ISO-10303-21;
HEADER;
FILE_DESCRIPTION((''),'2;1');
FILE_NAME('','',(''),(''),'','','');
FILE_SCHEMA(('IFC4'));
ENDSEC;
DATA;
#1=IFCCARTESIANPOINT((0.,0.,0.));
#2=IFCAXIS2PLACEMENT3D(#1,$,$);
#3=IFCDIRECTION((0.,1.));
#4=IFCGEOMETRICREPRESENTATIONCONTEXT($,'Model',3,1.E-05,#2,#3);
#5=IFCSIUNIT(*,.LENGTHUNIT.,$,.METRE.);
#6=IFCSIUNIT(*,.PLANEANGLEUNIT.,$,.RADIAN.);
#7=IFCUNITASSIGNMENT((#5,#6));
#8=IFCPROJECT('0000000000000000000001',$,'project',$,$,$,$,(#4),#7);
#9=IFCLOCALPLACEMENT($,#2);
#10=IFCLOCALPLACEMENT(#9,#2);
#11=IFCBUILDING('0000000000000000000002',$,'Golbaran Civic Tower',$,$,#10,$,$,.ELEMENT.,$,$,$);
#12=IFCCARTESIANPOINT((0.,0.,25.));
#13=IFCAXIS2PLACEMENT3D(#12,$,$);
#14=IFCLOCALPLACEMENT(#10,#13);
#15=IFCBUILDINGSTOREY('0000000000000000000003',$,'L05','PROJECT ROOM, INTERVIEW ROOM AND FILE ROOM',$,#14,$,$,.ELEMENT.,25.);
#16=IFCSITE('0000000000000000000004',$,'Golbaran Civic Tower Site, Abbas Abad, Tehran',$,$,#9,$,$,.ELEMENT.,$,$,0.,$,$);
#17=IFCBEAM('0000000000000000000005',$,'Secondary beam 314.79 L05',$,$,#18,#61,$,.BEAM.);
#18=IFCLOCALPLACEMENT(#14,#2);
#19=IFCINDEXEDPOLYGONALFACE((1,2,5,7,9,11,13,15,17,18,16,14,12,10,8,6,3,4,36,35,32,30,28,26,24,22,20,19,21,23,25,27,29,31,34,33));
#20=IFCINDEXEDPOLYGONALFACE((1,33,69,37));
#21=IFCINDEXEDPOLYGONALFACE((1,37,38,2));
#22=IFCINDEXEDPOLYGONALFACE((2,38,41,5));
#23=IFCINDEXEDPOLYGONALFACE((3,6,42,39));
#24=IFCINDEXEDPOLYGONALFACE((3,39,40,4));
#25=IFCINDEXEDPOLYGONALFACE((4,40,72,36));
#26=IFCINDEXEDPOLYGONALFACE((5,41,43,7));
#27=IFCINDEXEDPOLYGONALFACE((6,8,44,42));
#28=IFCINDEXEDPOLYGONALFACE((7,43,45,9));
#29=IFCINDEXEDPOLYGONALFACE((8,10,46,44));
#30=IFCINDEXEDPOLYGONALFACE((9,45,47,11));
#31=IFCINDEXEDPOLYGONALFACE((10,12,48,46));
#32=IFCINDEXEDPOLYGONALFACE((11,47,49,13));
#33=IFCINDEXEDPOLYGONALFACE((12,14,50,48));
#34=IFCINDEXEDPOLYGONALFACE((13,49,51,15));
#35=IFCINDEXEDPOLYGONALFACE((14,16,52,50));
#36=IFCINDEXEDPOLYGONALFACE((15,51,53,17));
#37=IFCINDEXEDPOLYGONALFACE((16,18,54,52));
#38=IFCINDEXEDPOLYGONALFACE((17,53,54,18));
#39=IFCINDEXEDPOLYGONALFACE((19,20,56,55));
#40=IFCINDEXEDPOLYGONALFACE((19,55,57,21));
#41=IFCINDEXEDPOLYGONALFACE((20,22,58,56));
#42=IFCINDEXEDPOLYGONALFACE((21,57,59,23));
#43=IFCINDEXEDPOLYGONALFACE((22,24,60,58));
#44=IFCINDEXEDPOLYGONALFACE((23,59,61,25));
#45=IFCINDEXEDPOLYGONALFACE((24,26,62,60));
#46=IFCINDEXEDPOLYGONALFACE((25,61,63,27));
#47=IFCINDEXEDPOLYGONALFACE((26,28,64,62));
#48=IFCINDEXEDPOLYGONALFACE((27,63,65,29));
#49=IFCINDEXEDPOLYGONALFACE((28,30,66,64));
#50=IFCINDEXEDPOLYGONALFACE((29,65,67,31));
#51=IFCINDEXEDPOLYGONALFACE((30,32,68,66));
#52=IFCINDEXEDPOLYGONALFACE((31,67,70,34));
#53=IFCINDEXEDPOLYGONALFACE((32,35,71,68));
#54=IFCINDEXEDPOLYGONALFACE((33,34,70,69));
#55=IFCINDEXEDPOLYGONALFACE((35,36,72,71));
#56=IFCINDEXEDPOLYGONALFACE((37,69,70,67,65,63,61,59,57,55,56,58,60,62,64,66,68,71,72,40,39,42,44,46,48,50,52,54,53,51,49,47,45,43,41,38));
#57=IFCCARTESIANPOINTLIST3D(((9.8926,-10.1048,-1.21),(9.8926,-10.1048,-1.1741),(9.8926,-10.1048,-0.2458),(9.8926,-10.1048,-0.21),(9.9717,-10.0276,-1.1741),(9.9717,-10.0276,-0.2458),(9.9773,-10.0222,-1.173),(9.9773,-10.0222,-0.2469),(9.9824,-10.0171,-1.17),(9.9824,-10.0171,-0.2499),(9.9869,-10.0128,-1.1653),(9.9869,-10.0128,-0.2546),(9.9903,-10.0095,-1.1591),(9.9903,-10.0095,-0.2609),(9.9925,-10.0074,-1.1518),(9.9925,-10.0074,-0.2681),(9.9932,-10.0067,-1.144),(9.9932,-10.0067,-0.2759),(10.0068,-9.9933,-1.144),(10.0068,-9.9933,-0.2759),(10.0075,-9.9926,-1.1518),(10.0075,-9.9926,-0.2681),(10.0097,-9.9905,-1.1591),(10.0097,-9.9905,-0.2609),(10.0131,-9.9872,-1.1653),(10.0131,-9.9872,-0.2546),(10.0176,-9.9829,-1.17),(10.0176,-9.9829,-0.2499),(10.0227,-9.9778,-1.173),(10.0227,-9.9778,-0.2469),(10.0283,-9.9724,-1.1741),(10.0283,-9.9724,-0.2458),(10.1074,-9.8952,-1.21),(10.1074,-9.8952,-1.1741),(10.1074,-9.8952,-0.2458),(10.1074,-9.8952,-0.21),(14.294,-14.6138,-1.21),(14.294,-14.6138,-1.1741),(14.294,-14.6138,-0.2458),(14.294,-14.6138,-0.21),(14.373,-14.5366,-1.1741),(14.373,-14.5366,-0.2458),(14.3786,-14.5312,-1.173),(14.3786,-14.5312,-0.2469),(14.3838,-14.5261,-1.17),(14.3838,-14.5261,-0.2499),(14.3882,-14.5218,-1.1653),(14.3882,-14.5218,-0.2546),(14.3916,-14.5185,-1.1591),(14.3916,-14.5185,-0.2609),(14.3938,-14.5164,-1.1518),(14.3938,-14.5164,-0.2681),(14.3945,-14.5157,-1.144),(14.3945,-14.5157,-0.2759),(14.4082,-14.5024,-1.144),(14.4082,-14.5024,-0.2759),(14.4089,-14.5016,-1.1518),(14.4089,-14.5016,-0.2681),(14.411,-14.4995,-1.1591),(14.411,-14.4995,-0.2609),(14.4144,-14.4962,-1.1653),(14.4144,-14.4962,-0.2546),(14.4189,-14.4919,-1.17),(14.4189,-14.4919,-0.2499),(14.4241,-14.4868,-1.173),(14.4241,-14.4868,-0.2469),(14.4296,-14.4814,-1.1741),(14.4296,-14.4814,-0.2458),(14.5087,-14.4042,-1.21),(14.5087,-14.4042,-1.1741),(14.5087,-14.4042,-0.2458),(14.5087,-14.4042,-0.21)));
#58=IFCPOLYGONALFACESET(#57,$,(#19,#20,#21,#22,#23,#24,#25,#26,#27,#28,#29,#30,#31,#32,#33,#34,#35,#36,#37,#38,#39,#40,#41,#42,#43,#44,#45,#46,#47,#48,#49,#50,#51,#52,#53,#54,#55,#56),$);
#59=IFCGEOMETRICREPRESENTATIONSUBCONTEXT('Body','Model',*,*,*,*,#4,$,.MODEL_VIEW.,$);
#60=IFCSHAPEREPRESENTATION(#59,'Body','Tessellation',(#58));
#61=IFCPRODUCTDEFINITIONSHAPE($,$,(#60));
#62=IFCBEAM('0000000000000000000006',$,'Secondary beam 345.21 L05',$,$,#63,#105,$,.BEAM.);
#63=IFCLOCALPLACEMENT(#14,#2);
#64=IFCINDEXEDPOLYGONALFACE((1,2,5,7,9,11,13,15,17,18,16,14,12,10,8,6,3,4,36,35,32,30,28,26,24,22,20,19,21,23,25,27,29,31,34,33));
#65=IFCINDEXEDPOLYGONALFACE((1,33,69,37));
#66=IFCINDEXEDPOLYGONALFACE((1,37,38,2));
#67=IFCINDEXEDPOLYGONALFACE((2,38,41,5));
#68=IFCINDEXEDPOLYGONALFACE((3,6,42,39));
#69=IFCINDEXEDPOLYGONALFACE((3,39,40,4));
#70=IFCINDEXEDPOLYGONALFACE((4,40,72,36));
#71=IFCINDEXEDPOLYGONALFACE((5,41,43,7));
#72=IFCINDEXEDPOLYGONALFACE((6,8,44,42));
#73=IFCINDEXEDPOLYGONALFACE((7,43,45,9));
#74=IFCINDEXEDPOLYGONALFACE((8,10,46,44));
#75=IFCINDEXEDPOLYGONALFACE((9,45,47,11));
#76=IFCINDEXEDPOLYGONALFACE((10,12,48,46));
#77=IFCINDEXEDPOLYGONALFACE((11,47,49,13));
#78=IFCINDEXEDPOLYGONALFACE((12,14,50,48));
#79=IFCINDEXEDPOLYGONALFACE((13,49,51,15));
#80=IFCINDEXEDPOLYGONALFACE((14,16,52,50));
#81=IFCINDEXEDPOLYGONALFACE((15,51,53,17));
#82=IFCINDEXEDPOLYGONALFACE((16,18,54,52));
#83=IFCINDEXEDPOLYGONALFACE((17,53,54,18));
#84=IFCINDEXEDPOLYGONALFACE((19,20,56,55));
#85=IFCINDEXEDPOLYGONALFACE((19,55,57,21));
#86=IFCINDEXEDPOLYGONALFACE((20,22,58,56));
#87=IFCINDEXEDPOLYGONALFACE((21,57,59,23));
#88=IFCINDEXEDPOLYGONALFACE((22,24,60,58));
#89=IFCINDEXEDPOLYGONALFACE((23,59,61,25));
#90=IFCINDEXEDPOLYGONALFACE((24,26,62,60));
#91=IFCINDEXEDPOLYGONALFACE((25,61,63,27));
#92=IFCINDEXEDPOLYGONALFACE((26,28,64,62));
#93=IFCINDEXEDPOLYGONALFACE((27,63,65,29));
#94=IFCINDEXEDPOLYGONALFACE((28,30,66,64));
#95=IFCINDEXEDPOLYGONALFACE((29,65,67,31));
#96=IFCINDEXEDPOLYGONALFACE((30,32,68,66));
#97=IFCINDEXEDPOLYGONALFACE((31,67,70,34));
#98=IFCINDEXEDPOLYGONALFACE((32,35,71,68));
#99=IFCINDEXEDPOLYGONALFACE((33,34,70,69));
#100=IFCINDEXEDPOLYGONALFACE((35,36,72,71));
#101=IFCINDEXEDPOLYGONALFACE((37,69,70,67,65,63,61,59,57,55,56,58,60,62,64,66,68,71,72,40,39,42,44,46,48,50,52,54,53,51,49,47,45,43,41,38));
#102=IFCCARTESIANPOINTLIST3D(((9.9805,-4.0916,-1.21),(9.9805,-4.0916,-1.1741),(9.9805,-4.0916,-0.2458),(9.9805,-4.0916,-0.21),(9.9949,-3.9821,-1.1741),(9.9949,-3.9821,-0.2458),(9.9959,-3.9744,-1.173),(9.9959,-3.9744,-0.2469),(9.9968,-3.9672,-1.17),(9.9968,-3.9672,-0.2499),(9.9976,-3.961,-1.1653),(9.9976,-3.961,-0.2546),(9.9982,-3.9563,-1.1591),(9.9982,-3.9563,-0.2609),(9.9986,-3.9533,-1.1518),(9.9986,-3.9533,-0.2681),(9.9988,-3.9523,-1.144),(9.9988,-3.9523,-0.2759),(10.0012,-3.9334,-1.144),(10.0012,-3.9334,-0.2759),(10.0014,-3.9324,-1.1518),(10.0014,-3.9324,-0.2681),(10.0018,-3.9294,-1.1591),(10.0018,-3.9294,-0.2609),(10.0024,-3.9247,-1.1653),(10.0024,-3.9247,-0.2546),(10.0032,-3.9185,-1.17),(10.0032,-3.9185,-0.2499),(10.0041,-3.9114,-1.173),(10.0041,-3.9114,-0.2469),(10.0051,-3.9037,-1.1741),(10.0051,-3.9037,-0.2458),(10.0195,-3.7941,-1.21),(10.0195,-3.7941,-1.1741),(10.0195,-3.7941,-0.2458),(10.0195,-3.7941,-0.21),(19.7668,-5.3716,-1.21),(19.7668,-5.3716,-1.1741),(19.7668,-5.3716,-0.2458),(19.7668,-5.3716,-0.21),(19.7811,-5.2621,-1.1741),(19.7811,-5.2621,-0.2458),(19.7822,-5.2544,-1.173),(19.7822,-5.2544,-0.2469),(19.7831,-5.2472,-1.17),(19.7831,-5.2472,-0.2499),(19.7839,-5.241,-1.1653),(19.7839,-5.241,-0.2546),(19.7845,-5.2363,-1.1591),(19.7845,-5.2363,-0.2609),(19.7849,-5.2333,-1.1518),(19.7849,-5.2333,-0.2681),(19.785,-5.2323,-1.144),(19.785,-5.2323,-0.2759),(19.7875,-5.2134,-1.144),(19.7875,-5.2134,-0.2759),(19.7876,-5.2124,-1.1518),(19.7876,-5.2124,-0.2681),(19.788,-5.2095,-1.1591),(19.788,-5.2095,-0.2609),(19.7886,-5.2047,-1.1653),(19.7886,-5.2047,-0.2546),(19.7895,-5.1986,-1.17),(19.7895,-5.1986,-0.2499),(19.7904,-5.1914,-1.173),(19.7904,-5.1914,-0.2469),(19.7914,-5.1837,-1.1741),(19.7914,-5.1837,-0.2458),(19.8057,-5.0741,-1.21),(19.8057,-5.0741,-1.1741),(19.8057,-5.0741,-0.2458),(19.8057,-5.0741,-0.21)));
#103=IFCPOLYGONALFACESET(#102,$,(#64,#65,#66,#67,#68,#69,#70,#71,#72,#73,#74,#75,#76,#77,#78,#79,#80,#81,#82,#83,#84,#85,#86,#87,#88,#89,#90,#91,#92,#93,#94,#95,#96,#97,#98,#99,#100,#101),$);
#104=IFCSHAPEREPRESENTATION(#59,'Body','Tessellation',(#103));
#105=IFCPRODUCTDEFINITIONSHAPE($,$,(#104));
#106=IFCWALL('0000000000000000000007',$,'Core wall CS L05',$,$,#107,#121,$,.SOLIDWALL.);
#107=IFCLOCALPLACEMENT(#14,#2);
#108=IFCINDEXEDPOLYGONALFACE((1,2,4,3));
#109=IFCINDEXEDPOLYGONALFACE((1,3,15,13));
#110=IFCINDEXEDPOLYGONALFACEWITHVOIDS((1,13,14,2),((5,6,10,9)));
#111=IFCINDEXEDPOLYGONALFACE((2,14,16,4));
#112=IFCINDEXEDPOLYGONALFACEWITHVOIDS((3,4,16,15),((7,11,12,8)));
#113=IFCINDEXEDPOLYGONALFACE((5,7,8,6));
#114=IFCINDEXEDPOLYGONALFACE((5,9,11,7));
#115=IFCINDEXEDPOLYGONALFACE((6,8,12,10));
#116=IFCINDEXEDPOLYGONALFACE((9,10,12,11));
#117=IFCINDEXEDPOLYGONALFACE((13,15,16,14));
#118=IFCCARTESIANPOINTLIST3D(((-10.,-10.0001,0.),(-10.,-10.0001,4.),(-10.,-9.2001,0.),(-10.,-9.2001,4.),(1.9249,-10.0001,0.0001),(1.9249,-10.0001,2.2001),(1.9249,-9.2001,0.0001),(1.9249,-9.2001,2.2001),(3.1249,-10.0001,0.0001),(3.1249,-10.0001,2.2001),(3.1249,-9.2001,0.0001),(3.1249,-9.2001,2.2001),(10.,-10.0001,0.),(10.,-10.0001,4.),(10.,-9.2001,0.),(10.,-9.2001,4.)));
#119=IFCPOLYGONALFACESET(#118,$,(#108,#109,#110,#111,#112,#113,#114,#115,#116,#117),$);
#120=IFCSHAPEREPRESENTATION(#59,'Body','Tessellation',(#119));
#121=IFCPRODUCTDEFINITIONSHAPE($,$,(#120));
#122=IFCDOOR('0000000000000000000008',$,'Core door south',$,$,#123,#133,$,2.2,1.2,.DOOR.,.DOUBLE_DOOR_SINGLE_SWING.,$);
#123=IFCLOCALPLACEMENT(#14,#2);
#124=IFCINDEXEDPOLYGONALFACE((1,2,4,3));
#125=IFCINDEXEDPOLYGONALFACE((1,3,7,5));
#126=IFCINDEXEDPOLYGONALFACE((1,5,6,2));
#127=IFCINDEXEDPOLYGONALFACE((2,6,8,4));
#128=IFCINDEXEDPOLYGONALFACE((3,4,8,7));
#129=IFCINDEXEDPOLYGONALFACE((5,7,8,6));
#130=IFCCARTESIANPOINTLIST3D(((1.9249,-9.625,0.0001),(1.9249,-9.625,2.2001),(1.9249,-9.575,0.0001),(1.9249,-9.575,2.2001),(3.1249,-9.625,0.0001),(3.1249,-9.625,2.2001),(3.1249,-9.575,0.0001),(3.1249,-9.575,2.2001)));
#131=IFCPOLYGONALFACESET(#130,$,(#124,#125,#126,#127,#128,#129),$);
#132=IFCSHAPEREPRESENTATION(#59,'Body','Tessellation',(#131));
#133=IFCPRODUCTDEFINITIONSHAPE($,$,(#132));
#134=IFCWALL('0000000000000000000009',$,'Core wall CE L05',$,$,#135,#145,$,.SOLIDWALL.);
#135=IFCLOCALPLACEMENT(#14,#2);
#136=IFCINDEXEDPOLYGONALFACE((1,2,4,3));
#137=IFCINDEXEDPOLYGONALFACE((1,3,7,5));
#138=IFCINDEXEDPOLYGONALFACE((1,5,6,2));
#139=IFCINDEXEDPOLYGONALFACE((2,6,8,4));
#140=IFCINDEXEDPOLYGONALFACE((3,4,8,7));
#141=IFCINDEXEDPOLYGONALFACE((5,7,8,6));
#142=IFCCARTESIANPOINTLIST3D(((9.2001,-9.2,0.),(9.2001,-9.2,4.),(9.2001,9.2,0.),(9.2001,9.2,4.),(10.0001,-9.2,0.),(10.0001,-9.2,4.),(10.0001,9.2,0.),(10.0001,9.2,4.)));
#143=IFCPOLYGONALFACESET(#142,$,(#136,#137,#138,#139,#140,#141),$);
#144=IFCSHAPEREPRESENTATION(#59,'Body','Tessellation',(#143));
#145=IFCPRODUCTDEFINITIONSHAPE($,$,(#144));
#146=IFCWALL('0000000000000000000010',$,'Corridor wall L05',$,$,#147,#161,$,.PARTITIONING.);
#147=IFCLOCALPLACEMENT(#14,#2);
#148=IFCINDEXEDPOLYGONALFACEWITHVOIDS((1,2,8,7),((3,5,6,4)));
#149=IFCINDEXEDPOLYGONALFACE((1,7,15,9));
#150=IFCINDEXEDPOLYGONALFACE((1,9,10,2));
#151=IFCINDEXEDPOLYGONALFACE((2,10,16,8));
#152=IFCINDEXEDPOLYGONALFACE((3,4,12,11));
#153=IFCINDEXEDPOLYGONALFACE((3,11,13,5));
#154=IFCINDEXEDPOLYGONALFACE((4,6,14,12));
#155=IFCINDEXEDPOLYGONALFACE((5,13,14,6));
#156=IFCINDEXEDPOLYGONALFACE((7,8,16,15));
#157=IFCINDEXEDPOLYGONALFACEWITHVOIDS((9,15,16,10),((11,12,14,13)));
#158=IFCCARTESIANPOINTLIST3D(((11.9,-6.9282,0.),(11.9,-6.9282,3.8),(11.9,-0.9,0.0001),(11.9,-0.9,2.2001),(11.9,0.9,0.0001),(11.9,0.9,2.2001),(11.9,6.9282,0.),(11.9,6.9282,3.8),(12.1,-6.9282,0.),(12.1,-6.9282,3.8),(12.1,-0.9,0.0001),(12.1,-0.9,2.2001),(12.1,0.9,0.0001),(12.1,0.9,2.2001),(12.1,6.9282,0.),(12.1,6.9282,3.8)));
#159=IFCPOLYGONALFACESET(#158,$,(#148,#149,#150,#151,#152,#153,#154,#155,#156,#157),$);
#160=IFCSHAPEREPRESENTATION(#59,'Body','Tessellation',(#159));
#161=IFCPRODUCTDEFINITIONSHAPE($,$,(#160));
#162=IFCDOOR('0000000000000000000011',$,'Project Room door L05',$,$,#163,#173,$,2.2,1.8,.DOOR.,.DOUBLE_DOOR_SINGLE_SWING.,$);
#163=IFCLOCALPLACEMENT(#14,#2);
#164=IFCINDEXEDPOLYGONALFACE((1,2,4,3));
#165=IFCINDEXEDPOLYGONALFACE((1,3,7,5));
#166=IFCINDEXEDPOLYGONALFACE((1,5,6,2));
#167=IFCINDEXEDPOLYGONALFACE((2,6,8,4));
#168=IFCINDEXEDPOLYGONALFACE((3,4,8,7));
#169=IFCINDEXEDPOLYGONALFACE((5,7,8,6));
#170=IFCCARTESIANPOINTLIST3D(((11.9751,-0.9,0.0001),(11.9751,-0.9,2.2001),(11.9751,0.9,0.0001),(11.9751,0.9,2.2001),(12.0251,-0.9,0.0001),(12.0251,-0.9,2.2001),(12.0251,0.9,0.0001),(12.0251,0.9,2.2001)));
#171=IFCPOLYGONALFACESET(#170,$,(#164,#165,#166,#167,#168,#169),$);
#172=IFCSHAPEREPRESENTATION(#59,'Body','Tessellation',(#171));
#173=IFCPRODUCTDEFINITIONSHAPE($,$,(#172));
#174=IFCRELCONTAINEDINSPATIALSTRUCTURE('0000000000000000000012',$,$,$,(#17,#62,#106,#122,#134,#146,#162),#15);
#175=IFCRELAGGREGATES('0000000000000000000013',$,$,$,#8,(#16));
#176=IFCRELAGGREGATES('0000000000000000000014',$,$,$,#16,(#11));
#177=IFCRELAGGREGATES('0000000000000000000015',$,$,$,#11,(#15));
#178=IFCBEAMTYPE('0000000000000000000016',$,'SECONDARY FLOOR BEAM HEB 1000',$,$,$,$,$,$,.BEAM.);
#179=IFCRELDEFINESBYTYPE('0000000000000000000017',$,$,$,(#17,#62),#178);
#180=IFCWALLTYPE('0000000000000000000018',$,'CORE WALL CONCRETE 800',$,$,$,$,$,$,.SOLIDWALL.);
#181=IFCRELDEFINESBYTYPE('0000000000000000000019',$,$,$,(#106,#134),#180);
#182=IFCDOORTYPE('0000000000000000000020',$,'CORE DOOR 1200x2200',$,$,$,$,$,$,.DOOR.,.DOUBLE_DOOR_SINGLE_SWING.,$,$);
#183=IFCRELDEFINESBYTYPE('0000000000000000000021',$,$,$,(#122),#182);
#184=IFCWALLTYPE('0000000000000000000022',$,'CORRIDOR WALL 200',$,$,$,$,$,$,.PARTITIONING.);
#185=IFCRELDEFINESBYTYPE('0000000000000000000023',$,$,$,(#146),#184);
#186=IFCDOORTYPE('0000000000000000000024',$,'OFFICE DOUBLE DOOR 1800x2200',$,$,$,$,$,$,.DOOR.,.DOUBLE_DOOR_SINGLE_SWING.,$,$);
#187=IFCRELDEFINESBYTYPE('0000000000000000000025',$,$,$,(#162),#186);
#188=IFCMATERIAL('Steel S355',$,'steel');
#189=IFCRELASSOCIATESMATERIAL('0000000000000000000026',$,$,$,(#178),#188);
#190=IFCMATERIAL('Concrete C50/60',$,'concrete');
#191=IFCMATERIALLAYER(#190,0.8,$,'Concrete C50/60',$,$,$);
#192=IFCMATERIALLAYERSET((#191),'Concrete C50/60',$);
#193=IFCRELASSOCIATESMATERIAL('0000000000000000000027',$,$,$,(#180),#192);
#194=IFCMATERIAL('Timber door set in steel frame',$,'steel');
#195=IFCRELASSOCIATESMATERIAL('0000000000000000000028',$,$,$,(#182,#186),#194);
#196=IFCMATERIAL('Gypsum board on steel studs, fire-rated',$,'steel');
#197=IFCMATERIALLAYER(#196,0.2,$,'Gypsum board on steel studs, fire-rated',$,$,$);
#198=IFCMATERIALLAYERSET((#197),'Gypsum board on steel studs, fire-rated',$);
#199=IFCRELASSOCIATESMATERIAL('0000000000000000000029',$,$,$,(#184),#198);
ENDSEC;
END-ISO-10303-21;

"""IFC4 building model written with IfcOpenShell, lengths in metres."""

from ifc_helpers import new_model, si_unit, direction, frame, frame_2d, origin, origin_2d, place, context, subcontext, project, spatial, rectangle, i_section, extrude, material, layer, layer_set, material_profile, profile_set, type_object, element, fill, save


model = new_model("IFC4")

# Units and contexts
model_context = context("Model", 3, precision=1e-05, world=origin(), true_north=direction((0.0, 1.0)))
body_context = subcontext(model_context, "Body", "Model", "MODEL_VIEW")
ifc_project = project(units=[si_unit("LENGTHUNIT", "METRE"), si_unit("PLANEANGLEUNIT", "RADIAN")], contexts=[model_context])

# Site, building, storey
site_placement = place(None, origin())
site = spatial("IfcSite", under=ifc_project, at=site_placement, Name="Golbaran Civic Tower Site, Abbas Abad, Tehran", CompositionType="ELEMENT", RefElevation=0.0)
building_placement = place(site_placement, origin())
building = spatial("IfcBuilding", under=site, at=building_placement, Name="Golbaran Civic Tower", CompositionType="ELEMENT")
storey_placement = place(building_placement, frame((0.0, 0.0, 25.0)))
storey = spatial("IfcBuildingStorey", under=building, at=storey_placement, Name="L05", Description="PROJECT ROOM, INTERVIEW ROOM AND FILE ROOM", CompositionType="ELEMENT", Elevation=25.0)

# Beams
ifc_material_1 = material(Name="Steel S355", Category="steel")
ifc_material_profile_1 = material_profile(ifc_material_1, i_section(OverallWidth=0.3, OverallDepth=1.0, WebThickness=0.019, FlangeThickness=0.0359, FilletRadius=0.03, at=origin_2d()), Name="HEB 1000")
ifc_profile_set_1 = profile_set([ifc_material_profile_1], Name="Steel S355")
beam_type_1 = type_object("IfcBeamType", Name="SECONDARY FLOOR BEAM HEB 1000", PredefinedType="BEAM", material=ifc_profile_set_1)
beam_1_placement = place(storey_placement, frame((10.0, -10.0, -0.71), z_axis=(0.698512, -0.715599, 0.0), x_axis=(0.715599, 0.698512, 0.0)))
element("IfcBeam", 1, at=beam_1_placement, inside=storey, type_object=beam_type_1, Name="Secondary beam 314.79 L05", PredefinedType="BEAM", context=body_context, shape_type="SweptSolid", body=[
    extrude(i_section(OverallWidth=0.3, OverallDepth=1.0, WebThickness=0.019, FlangeThickness=0.0359, FilletRadius=0.03, at=origin_2d()), origin(), (0.0, 0.0, 1.0), 6.301),
])
beam_2_placement = place(storey_placement, frame((10.0, -3.9429, -0.71), z_axis=(0.991554, -0.129692, 0.0), x_axis=(0.129692, 0.991554, 0.0)))
element("IfcBeam", 2, at=beam_2_placement, inside=storey, type_object=beam_type_1, Name="Secondary beam 345.21 L05", PredefinedType="BEAM", context=body_context, shape_type="SweptSolid", body=[
    extrude(i_section(OverallWidth=0.3, OverallDepth=1.0, WebThickness=0.019, FlangeThickness=0.0359, FilletRadius=0.03, at=origin_2d()), origin(), (0.0, 0.0, 1.0), 9.8696),
])

# Wall, opening, door
ifc_material_2 = material(Name="Concrete C50/60", Category="concrete")
ifc_layer_1 = layer(ifc_material_2, 0.8, Name="Concrete C50/60")
ifc_layer_set_1 = layer_set([ifc_layer_1], Name="Concrete C50/60")
wall_type_1 = type_object("IfcWallType", Name="CORE WALL CONCRETE 800", PredefinedType="SOLIDWALL", material=ifc_layer_set_1)
wall_1_placement = place(storey_placement, frame((10.0, -9.6001, 0.0), z_axis=(0.0, 0.0, 1.0), x_axis=(-1.0, 0.0, 0.0)))
wall_1 = element("IfcWall", 3, at=wall_1_placement, inside=storey, type_object=wall_type_1, Name="Core wall CS L05", PredefinedType="SOLIDWALL", context=body_context, shape_type="SweptSolid", body=[
    extrude(rectangle(XDim=20.0, YDim=0.8, at=frame_2d((10.0, 0.0))), origin(), (0.0, 0.0, 1.0), 4.0),
])
opening_1_placement = place(wall_1_placement, frame((6.875, 0.0, 0.0)))
opening_1 = element("IfcOpeningElement", 4, at=opening_1_placement, cuts=wall_1, PredefinedType="OPENING", context=body_context, shape_type="SweptSolid", body=[
    extrude(rectangle(XDim=1.2, YDim=2.2, at=frame_2d((0.6001, 1.1001))), frame((0.0, 0.4099, 0.0), z_axis=(0.0, -1.0, 0.0), x_axis=(1.0, 0.0, 0.0)), (0.0, 0.0, 1.0), 0.8201),
])
ifc_material_3 = material(Name="Timber door set in steel frame", Category="steel")
door_type_1 = type_object("IfcDoorType", Name="CORE DOOR 1200x2200", OperationType="DOUBLE_DOOR_SINGLE_SWING", PredefinedType="DOOR", material=ifc_material_3)
door_1_placement = place(opening_1_placement, origin())
door_1 = element("IfcDoor", 5, at=door_1_placement, inside=storey, type_object=door_type_1, Name="Core door south", OperationType="DOUBLE_DOOR_SINGLE_SWING", OverallHeight=2.2, OverallWidth=1.2, PredefinedType="DOOR", context=body_context, shape_type="SweptSolid", body=[
    extrude(rectangle(XDim=1.2, YDim=2.2, at=frame_2d((0.6001, 1.1001))), frame((0.0, 0.0249, 0.0), z_axis=(0.0, -1.0, 0.0), x_axis=(1.0, 0.0, 0.0)), (0.0, 0.0, 1.0), 0.05),
])
fill(opening_1, door_1)

# Wall
wall_2_placement = place(storey_placement, frame((9.6001, -9.2, 0.0), z_axis=(0.0, 0.0, 1.0), x_axis=(0.0, 1.0, 0.0)))
element("IfcWall", 6, at=wall_2_placement, inside=storey, type_object=wall_type_1, Name="Core wall CE L05", PredefinedType="SOLIDWALL", context=body_context, shape_type="SweptSolid", body=[
    extrude(rectangle(XDim=18.3999, YDim=0.8, at=frame_2d((9.2, 0.0))), origin(), (0.0, 0.0, 1.0), 4.0),
])

# Wall, opening, door
ifc_material_4 = material(Name="Gypsum board on steel studs, fire-rated", Category="steel")
ifc_layer_2 = layer(ifc_material_4, 0.2, Name="Gypsum board on steel studs, fire-rated")
ifc_layer_set_2 = layer_set([ifc_layer_2], Name="Gypsum board on steel studs, fire-rated")
wall_type_2 = type_object("IfcWallType", Name="CORRIDOR WALL 200", PredefinedType="PARTITIONING", material=ifc_layer_set_2)
wall_3_placement = place(storey_placement, frame((12.0, -6.9282, 0.0), z_axis=(0.0, 0.0, 1.0), x_axis=(0.0, 1.0, 0.0)))
wall_3 = element("IfcWall", 7, at=wall_3_placement, inside=storey, type_object=wall_type_2, Name="Corridor wall L05", PredefinedType="PARTITIONING", context=body_context, shape_type="SweptSolid", body=[
    extrude(rectangle(XDim=13.8564, YDim=0.2, at=frame_2d((6.9282, 0.0))), origin(), (0.0, 0.0, 1.0), 3.8),
])
opening_2_placement = place(wall_3_placement, frame((6.0283, 0.0, 0.0)))
opening_2 = element("IfcOpeningElement", 8, at=opening_2_placement, cuts=wall_3, PredefinedType="OPENING", context=body_context, shape_type="SweptSolid", body=[
    extrude(rectangle(XDim=1.8, YDim=2.2, at=frame_2d((0.8999, 1.1001))), frame((0.0, 0.1099, 0.0), z_axis=(0.0, -1.0, 0.0), x_axis=(1.0, 0.0, 0.0)), (0.0, 0.0, 1.0), 0.22),
])
door_type_2 = type_object("IfcDoorType", Name="OFFICE DOUBLE DOOR 1800x2200", OperationType="DOUBLE_DOOR_SINGLE_SWING", PredefinedType="DOOR", material=ifc_material_3)
door_2_placement = place(opening_2_placement, origin())
door_2 = element("IfcDoor", 9, at=door_2_placement, inside=storey, type_object=door_type_2, Name="Project Room door L05", OperationType="DOUBLE_DOOR_SINGLE_SWING", OverallHeight=2.2, OverallWidth=1.8, PredefinedType="DOOR", context=body_context, shape_type="SweptSolid", body=[
    extrude(rectangle(XDim=1.8, YDim=2.2, at=frame_2d((0.8999, 1.1001))), frame((0.0, 0.0249, 0.0), z_axis=(0.0, -1.0, 0.0), x_axis=(1.0, 0.0, 0.0)), (0.0, 0.0, 1.0), 0.05),
])
fill(opening_2, door_2)

save(model, "model.ifc")
